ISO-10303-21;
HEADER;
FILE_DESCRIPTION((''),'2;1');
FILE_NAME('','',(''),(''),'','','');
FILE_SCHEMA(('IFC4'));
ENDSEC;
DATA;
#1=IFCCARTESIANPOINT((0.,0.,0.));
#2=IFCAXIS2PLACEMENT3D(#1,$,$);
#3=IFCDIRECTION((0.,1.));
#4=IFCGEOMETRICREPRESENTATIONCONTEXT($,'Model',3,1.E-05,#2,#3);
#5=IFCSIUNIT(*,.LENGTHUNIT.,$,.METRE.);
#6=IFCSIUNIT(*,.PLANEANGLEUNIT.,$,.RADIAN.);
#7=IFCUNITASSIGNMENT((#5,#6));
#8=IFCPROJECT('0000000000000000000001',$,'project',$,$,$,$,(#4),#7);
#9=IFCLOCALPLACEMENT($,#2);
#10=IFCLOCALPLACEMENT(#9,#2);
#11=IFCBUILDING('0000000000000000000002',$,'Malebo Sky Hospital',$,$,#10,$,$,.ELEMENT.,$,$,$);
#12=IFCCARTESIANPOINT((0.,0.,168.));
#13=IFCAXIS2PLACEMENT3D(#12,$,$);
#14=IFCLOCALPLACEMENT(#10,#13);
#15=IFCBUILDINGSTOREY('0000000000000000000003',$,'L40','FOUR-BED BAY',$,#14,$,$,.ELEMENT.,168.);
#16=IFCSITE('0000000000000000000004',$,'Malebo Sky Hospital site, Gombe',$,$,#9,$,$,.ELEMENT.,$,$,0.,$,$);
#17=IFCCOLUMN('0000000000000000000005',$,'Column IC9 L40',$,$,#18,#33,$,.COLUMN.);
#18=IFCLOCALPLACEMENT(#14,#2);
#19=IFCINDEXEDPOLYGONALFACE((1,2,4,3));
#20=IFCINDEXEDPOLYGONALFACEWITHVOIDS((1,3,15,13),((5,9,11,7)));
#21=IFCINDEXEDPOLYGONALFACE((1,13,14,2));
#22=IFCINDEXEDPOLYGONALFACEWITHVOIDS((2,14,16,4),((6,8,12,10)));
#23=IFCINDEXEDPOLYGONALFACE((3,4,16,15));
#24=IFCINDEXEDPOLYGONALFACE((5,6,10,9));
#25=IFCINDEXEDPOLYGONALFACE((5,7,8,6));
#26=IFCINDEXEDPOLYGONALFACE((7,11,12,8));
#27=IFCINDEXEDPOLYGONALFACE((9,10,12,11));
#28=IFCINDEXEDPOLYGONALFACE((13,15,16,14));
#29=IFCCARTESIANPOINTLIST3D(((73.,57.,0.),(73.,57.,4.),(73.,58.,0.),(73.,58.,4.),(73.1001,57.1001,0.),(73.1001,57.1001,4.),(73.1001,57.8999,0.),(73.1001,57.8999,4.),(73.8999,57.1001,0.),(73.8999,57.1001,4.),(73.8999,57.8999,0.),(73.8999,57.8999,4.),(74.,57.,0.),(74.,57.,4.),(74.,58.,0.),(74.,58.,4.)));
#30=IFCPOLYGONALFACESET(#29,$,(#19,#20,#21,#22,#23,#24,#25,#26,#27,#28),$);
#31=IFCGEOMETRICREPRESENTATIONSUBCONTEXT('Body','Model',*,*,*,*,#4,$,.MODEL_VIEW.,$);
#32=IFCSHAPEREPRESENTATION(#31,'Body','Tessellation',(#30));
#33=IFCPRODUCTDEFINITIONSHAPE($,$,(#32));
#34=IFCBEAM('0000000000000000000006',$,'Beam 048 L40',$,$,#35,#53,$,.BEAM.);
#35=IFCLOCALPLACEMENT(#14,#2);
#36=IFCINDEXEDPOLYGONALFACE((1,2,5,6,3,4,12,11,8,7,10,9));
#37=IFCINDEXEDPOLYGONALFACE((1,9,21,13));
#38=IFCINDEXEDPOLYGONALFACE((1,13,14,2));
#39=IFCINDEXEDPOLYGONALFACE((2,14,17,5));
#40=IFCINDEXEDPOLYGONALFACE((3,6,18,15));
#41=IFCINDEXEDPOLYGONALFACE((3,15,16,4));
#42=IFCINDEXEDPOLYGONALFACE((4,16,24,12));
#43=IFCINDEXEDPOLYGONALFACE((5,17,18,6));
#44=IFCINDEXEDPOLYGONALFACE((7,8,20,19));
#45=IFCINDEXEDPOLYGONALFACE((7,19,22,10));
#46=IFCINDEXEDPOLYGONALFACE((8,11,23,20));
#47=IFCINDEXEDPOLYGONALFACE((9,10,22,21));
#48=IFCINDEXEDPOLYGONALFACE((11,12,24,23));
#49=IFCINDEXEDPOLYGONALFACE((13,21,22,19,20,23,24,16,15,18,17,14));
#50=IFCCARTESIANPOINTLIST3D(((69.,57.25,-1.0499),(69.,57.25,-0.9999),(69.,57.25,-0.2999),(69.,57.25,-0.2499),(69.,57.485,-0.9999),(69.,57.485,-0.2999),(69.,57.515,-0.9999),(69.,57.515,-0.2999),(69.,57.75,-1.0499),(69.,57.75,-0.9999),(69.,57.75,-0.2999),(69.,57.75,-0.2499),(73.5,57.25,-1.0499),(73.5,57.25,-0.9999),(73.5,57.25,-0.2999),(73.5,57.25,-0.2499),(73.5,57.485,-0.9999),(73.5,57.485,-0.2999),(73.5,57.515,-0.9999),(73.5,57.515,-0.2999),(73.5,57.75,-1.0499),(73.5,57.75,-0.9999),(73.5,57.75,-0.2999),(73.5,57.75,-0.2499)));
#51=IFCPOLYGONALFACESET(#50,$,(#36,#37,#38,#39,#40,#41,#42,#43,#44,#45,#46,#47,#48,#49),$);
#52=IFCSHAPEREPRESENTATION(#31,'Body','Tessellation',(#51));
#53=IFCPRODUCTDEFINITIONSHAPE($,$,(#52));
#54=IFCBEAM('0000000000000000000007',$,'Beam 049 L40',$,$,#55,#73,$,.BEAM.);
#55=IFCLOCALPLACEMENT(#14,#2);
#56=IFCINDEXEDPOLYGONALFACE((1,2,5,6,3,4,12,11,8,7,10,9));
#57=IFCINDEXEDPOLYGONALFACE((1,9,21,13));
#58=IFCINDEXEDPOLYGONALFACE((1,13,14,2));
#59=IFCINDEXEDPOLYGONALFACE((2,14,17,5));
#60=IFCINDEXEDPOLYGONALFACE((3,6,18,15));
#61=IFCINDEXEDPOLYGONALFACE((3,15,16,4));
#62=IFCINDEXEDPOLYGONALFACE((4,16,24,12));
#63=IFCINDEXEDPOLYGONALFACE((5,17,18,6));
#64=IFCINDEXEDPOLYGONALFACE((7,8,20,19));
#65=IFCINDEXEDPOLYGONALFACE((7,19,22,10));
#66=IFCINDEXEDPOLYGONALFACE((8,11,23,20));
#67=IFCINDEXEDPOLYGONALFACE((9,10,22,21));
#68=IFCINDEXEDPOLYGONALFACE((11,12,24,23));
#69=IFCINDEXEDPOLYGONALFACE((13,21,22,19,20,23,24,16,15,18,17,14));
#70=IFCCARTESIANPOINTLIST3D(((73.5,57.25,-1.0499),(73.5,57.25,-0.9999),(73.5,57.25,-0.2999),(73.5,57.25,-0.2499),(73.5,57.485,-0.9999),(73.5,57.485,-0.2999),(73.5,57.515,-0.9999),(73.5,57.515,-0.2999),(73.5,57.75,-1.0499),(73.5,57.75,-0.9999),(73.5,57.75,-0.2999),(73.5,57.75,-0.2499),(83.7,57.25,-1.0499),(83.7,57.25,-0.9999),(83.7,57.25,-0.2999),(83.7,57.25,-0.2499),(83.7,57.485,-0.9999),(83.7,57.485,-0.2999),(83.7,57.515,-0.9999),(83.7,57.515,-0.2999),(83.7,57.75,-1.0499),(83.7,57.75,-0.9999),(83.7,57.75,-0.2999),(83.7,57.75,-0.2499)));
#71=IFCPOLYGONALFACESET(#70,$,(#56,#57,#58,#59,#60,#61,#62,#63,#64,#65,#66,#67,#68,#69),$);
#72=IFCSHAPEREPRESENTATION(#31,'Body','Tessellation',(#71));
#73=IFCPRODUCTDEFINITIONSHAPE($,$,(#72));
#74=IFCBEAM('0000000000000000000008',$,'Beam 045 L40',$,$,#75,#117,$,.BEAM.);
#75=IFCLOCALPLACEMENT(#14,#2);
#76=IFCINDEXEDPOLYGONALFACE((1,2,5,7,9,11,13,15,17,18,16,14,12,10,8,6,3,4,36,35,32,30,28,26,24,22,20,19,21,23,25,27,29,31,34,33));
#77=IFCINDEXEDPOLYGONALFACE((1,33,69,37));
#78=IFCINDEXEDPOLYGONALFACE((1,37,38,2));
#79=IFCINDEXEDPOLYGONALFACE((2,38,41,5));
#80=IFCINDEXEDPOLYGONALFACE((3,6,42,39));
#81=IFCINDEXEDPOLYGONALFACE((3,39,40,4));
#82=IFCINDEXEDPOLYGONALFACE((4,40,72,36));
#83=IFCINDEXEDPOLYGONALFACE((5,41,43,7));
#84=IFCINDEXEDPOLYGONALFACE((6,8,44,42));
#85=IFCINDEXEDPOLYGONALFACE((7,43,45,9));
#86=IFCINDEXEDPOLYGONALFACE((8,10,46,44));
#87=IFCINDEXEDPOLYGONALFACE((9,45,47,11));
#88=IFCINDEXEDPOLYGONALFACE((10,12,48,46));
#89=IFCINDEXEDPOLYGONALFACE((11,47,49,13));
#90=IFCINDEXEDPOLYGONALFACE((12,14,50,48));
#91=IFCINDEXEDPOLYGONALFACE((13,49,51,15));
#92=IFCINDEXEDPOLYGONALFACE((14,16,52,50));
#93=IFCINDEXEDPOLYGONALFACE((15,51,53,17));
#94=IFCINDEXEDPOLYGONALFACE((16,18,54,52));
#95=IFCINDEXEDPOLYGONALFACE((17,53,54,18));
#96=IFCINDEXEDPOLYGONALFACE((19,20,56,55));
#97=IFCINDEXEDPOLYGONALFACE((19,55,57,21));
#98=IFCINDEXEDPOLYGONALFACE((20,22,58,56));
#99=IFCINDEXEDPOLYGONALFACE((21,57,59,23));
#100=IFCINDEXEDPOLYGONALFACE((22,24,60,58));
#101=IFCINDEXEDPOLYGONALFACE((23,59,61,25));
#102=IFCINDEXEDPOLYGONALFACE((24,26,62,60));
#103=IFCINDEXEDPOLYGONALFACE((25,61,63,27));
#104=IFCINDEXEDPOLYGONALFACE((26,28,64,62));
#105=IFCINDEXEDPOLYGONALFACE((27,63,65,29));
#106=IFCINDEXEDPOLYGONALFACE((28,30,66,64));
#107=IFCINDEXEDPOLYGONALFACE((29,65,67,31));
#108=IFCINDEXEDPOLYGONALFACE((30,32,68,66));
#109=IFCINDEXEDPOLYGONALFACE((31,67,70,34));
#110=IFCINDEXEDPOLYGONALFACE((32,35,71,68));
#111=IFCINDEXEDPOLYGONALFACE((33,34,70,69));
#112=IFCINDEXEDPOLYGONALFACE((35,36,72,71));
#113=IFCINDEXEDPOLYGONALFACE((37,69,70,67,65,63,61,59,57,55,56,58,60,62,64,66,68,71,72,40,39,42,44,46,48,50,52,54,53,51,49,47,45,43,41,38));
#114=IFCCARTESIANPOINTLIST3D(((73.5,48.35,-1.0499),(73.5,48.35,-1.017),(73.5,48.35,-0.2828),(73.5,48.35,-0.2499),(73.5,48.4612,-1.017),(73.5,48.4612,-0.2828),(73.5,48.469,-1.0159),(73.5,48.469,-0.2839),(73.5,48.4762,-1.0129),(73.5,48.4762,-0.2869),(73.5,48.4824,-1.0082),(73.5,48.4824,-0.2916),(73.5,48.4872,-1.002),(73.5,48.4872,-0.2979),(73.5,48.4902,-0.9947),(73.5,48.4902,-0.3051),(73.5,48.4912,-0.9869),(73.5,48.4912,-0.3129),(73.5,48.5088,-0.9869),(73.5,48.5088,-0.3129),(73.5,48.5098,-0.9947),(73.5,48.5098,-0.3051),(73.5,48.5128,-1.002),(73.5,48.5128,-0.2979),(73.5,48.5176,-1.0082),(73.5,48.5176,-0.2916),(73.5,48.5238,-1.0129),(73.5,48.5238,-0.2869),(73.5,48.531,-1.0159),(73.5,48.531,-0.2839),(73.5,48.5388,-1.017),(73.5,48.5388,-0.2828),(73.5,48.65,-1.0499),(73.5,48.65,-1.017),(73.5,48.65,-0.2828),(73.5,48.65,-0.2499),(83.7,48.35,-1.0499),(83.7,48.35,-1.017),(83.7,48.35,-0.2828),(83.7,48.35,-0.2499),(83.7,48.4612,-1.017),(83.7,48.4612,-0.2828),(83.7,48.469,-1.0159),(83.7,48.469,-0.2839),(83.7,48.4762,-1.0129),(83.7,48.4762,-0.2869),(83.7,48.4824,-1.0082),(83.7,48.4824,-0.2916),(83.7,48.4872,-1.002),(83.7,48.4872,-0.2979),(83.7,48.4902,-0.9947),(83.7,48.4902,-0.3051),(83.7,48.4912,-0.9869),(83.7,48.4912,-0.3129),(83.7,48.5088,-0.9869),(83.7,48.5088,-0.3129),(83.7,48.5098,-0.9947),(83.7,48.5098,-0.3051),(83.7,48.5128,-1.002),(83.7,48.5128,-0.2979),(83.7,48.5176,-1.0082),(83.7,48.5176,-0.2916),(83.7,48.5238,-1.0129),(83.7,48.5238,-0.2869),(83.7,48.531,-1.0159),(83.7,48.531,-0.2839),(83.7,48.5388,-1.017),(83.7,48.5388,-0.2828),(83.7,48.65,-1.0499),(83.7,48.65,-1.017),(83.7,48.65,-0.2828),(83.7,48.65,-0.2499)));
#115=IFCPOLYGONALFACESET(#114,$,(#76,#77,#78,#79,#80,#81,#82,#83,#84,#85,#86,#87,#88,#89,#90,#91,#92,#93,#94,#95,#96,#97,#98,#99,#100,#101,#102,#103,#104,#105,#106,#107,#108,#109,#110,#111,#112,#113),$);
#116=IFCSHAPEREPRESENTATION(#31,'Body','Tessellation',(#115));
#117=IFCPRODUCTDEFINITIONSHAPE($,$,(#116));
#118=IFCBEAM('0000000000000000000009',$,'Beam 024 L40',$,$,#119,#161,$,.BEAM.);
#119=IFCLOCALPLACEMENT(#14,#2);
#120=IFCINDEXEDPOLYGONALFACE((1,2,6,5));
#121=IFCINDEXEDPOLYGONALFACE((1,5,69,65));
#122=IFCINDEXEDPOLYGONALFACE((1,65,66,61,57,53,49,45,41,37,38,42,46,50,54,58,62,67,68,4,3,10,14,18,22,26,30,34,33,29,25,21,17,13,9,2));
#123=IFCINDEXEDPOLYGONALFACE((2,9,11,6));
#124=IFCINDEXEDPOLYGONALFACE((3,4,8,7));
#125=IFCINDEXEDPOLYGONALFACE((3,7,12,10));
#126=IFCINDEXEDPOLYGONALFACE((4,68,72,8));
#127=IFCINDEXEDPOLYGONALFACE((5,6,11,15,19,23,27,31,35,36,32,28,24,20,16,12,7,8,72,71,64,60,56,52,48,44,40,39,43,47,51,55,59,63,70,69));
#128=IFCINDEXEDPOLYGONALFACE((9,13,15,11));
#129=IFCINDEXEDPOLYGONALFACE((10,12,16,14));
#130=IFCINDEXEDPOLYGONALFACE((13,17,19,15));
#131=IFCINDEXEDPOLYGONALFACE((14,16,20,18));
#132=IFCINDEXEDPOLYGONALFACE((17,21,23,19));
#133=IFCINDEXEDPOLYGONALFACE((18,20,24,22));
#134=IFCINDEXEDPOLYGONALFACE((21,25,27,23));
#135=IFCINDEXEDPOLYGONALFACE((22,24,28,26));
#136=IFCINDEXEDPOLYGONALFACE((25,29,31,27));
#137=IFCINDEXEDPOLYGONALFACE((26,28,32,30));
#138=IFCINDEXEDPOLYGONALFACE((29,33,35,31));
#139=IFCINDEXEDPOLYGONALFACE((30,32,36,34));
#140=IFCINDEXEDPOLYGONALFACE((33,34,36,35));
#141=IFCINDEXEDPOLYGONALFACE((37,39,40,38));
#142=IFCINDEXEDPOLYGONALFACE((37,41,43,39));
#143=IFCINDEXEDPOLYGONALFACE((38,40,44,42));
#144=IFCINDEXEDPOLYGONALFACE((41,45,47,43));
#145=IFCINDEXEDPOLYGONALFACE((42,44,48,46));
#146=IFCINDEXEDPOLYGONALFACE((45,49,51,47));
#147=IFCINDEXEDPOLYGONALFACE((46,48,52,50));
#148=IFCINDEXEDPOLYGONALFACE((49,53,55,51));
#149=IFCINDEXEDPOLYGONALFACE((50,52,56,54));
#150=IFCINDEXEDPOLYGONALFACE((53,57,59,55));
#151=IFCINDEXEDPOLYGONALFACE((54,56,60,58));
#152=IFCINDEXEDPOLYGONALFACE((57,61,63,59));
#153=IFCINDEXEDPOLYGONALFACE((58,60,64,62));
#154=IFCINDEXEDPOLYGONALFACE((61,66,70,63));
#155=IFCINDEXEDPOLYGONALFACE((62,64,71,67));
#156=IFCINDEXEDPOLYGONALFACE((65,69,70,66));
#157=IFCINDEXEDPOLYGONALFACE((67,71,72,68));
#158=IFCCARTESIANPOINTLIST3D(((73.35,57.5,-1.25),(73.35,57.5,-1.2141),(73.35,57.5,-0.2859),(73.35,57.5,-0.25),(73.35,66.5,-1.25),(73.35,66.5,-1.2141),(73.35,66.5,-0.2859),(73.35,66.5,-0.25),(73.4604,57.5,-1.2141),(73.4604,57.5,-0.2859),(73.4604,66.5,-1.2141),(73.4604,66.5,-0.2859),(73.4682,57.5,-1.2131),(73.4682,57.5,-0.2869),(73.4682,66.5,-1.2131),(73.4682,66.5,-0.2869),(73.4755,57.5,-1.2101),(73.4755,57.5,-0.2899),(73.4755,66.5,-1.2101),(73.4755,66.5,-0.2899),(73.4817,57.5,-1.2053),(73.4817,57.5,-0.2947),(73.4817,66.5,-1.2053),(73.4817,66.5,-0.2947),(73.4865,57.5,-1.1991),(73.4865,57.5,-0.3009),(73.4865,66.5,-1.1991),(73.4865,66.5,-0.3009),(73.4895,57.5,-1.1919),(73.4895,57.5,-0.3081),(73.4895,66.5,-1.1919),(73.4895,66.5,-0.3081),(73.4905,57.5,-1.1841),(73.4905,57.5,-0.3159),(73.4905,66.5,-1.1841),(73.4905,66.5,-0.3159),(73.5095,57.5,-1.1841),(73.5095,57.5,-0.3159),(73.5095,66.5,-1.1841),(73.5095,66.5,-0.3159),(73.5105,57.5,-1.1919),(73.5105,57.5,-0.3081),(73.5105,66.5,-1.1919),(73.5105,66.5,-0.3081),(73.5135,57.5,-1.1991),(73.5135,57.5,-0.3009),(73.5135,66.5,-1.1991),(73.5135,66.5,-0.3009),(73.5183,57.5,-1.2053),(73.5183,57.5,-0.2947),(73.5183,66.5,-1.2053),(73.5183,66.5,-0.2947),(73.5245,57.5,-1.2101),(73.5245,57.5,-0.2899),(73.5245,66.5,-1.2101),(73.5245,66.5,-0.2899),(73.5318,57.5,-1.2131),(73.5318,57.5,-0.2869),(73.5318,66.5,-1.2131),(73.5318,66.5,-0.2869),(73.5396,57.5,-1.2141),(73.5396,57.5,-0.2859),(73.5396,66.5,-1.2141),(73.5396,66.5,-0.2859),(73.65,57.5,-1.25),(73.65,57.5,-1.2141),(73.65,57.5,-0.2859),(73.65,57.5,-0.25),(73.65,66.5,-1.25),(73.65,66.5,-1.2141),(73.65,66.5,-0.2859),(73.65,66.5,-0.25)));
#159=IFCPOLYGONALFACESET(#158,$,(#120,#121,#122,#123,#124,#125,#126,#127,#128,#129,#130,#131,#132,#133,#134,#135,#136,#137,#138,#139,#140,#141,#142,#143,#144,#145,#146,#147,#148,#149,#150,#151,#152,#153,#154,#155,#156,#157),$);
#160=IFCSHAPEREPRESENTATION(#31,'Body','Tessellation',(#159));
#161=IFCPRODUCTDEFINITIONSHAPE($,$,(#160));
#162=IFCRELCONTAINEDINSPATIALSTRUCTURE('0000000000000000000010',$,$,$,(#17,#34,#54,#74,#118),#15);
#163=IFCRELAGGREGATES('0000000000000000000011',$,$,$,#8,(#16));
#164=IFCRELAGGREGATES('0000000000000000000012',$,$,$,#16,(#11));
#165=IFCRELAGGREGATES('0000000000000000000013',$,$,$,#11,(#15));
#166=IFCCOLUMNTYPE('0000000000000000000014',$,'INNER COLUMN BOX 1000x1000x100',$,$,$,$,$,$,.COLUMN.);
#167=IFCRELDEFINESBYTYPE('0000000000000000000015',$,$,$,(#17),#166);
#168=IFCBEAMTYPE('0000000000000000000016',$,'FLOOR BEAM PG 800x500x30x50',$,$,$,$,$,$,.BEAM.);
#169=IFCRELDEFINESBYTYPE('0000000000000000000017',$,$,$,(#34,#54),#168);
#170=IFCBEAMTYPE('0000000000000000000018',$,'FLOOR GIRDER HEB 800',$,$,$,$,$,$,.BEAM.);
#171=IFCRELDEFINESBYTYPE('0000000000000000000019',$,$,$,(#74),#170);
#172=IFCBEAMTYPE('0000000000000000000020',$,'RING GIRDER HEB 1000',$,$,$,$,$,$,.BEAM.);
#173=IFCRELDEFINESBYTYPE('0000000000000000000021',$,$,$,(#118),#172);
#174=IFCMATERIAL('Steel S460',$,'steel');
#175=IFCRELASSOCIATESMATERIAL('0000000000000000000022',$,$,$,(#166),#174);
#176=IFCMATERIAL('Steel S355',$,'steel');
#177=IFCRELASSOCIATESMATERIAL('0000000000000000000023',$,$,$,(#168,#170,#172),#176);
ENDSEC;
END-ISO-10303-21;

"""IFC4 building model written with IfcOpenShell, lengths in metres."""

from ifc_helpers import new_model, si_unit, direction, frame, origin, origin_2d, place, context, subcontext, project, spatial, hollow_rectangle, i_section, extrude, material, material_profile, profile_set, type_object, element, save


model = new_model("IFC4")

# Units and contexts
model_context = context("Model", 3, precision=1e-05, world=origin(), true_north=direction((0.0, 1.0)))
body_context = subcontext(model_context, "Body", "Model", "MODEL_VIEW")
ifc_project = project(units=[si_unit("LENGTHUNIT", "METRE"), si_unit("PLANEANGLEUNIT", "RADIAN")], contexts=[model_context])

# Site, building, storey
site_placement = place(None, origin())
site = spatial("IfcSite", under=ifc_project, at=site_placement, Name="Malebo Sky Hospital site, Gombe", CompositionType="ELEMENT", RefElevation=0.0)
building_placement = place(site_placement, origin())
building = spatial("IfcBuilding", under=site, at=building_placement, Name="Malebo Sky Hospital", CompositionType="ELEMENT")
storey_placement = place(building_placement, frame((0.0, 0.0, 168.0)))
storey = spatial("IfcBuildingStorey", under=building, at=storey_placement, Name="L40", Description="FOUR-BED BAY", CompositionType="ELEMENT", Elevation=168.0)

# Column
ifc_material_1 = material(Name="Steel S460", Category="steel")
ifc_material_profile_1 = material_profile(ifc_material_1, hollow_rectangle(XDim=1.0, YDim=1.0, WallThickness=0.1001, at=origin_2d()), Name="BOX 1000x1000x100")
ifc_profile_set_1 = profile_set([ifc_material_profile_1], Name="Steel S460")
column_type = type_object("IfcColumnType", Name="INNER COLUMN BOX 1000x1000x100", PredefinedType="COLUMN", material=ifc_profile_set_1)
column_placement = place(storey_placement, frame((73.5, 57.5, 0.0), z_axis=(0.0, 0.0, 1.0), x_axis=(1.0, 0.0, 0.0)))
element("IfcColumn", 1, at=column_placement, inside=storey, type_object=column_type, Name="Column IC9 L40", PredefinedType="COLUMN", context=body_context, shape_type="SweptSolid", body=[
    extrude(hollow_rectangle(XDim=1.0, YDim=1.0, WallThickness=0.1001, at=origin_2d()), origin(), (0.0, 0.0, 1.0), 4.0),
])

# Beams
ifc_material_2 = material(Name="Steel S355", Category="steel")
ifc_material_profile_2 = material_profile(ifc_material_2, i_section(OverallWidth=0.5, OverallDepth=0.8, WebThickness=0.03, FlangeThickness=0.05, at=origin_2d()), Name="PG 800x500x30x50")
ifc_profile_set_2 = profile_set([ifc_material_profile_2], Name="Steel S355")
beam_type_1 = type_object("IfcBeamType", Name="FLOOR BEAM PG 800x500x30x50", PredefinedType="BEAM", material=ifc_profile_set_2)
beam_1_placement = place(storey_placement, frame((69.0, 57.5, -0.6499), z_axis=(1.0, 0.0, 0.0), x_axis=(0.0, 1.0, 0.0)))
element("IfcBeam", 2, at=beam_1_placement, inside=storey, type_object=beam_type_1, Name="Beam 048 L40", PredefinedType="BEAM", context=body_context, shape_type="SweptSolid", body=[
    extrude(i_section(OverallWidth=0.5, OverallDepth=0.8, WebThickness=0.03, FlangeThickness=0.05, at=origin_2d()), origin(), (0.0, 0.0, 1.0), 4.5),
])
beam_2_placement = place(storey_placement, frame((73.5, 57.5, -0.6499), z_axis=(1.0, 0.0, 0.0), x_axis=(0.0, 1.0, 0.0)))
element("IfcBeam", 3, at=beam_2_placement, inside=storey, type_object=beam_type_1, Name="Beam 049 L40", PredefinedType="BEAM", context=body_context, shape_type="SweptSolid", body=[
    extrude(i_section(OverallWidth=0.5, OverallDepth=0.8, WebThickness=0.03, FlangeThickness=0.05, at=origin_2d()), origin(), (0.0, 0.0, 1.0), 10.2),
])
ifc_material_profile_3 = material_profile(ifc_material_2, i_section(OverallWidth=0.3, OverallDepth=0.8, WebThickness=0.0176, FlangeThickness=0.033, FilletRadius=0.03, at=origin_2d()), Name="HEB 800")
ifc_profile_set_3 = profile_set([ifc_material_profile_3], Name="Steel S355")
beam_type_2 = type_object("IfcBeamType", Name="FLOOR GIRDER HEB 800", PredefinedType="BEAM", material=ifc_profile_set_3)
beam_3_placement = place(storey_placement, frame((73.5, 48.5, -0.6499), z_axis=(1.0, 0.0, 0.0), x_axis=(0.0, 1.0, 0.0)))
element("IfcBeam", 4, at=beam_3_placement, inside=storey, type_object=beam_type_2, Name="Beam 045 L40", PredefinedType="BEAM", context=body_context, shape_type="SweptSolid", body=[
    extrude(i_section(OverallWidth=0.3, OverallDepth=0.8, WebThickness=0.0176, FlangeThickness=0.033, FilletRadius=0.03, at=origin_2d()), origin(), (0.0, 0.0, 1.0), 10.2),
])
ifc_material_profile_4 = material_profile(ifc_material_2, i_section(OverallWidth=0.3, OverallDepth=1.0, WebThickness=0.019, FlangeThickness=0.0359, FilletRadius=0.03, at=origin_2d()), Name="HEB 1000")
ifc_profile_set_4 = profile_set([ifc_material_profile_4], Name="Steel S355")
beam_type_3 = type_object("IfcBeamType", Name="RING GIRDER HEB 1000", PredefinedType="BEAM", material=ifc_profile_set_4)
beam_4_placement = place(storey_placement, frame((73.5, 57.5, -0.75), z_axis=(0.0, 1.0, 0.0), x_axis=(-1.0, 0.0, 0.0)))
element("IfcBeam", 5, at=beam_4_placement, inside=storey, type_object=beam_type_3, Name="Beam 024 L40", PredefinedType="BEAM", context=body_context, shape_type="SweptSolid", body=[
    extrude(i_section(OverallWidth=0.3, OverallDepth=1.0, WebThickness=0.019, FlangeThickness=0.0359, FilletRadius=0.03, at=origin_2d()), origin(), (0.0, 0.0, 1.0), 9.0),
])

save(model, "model.ifc")
